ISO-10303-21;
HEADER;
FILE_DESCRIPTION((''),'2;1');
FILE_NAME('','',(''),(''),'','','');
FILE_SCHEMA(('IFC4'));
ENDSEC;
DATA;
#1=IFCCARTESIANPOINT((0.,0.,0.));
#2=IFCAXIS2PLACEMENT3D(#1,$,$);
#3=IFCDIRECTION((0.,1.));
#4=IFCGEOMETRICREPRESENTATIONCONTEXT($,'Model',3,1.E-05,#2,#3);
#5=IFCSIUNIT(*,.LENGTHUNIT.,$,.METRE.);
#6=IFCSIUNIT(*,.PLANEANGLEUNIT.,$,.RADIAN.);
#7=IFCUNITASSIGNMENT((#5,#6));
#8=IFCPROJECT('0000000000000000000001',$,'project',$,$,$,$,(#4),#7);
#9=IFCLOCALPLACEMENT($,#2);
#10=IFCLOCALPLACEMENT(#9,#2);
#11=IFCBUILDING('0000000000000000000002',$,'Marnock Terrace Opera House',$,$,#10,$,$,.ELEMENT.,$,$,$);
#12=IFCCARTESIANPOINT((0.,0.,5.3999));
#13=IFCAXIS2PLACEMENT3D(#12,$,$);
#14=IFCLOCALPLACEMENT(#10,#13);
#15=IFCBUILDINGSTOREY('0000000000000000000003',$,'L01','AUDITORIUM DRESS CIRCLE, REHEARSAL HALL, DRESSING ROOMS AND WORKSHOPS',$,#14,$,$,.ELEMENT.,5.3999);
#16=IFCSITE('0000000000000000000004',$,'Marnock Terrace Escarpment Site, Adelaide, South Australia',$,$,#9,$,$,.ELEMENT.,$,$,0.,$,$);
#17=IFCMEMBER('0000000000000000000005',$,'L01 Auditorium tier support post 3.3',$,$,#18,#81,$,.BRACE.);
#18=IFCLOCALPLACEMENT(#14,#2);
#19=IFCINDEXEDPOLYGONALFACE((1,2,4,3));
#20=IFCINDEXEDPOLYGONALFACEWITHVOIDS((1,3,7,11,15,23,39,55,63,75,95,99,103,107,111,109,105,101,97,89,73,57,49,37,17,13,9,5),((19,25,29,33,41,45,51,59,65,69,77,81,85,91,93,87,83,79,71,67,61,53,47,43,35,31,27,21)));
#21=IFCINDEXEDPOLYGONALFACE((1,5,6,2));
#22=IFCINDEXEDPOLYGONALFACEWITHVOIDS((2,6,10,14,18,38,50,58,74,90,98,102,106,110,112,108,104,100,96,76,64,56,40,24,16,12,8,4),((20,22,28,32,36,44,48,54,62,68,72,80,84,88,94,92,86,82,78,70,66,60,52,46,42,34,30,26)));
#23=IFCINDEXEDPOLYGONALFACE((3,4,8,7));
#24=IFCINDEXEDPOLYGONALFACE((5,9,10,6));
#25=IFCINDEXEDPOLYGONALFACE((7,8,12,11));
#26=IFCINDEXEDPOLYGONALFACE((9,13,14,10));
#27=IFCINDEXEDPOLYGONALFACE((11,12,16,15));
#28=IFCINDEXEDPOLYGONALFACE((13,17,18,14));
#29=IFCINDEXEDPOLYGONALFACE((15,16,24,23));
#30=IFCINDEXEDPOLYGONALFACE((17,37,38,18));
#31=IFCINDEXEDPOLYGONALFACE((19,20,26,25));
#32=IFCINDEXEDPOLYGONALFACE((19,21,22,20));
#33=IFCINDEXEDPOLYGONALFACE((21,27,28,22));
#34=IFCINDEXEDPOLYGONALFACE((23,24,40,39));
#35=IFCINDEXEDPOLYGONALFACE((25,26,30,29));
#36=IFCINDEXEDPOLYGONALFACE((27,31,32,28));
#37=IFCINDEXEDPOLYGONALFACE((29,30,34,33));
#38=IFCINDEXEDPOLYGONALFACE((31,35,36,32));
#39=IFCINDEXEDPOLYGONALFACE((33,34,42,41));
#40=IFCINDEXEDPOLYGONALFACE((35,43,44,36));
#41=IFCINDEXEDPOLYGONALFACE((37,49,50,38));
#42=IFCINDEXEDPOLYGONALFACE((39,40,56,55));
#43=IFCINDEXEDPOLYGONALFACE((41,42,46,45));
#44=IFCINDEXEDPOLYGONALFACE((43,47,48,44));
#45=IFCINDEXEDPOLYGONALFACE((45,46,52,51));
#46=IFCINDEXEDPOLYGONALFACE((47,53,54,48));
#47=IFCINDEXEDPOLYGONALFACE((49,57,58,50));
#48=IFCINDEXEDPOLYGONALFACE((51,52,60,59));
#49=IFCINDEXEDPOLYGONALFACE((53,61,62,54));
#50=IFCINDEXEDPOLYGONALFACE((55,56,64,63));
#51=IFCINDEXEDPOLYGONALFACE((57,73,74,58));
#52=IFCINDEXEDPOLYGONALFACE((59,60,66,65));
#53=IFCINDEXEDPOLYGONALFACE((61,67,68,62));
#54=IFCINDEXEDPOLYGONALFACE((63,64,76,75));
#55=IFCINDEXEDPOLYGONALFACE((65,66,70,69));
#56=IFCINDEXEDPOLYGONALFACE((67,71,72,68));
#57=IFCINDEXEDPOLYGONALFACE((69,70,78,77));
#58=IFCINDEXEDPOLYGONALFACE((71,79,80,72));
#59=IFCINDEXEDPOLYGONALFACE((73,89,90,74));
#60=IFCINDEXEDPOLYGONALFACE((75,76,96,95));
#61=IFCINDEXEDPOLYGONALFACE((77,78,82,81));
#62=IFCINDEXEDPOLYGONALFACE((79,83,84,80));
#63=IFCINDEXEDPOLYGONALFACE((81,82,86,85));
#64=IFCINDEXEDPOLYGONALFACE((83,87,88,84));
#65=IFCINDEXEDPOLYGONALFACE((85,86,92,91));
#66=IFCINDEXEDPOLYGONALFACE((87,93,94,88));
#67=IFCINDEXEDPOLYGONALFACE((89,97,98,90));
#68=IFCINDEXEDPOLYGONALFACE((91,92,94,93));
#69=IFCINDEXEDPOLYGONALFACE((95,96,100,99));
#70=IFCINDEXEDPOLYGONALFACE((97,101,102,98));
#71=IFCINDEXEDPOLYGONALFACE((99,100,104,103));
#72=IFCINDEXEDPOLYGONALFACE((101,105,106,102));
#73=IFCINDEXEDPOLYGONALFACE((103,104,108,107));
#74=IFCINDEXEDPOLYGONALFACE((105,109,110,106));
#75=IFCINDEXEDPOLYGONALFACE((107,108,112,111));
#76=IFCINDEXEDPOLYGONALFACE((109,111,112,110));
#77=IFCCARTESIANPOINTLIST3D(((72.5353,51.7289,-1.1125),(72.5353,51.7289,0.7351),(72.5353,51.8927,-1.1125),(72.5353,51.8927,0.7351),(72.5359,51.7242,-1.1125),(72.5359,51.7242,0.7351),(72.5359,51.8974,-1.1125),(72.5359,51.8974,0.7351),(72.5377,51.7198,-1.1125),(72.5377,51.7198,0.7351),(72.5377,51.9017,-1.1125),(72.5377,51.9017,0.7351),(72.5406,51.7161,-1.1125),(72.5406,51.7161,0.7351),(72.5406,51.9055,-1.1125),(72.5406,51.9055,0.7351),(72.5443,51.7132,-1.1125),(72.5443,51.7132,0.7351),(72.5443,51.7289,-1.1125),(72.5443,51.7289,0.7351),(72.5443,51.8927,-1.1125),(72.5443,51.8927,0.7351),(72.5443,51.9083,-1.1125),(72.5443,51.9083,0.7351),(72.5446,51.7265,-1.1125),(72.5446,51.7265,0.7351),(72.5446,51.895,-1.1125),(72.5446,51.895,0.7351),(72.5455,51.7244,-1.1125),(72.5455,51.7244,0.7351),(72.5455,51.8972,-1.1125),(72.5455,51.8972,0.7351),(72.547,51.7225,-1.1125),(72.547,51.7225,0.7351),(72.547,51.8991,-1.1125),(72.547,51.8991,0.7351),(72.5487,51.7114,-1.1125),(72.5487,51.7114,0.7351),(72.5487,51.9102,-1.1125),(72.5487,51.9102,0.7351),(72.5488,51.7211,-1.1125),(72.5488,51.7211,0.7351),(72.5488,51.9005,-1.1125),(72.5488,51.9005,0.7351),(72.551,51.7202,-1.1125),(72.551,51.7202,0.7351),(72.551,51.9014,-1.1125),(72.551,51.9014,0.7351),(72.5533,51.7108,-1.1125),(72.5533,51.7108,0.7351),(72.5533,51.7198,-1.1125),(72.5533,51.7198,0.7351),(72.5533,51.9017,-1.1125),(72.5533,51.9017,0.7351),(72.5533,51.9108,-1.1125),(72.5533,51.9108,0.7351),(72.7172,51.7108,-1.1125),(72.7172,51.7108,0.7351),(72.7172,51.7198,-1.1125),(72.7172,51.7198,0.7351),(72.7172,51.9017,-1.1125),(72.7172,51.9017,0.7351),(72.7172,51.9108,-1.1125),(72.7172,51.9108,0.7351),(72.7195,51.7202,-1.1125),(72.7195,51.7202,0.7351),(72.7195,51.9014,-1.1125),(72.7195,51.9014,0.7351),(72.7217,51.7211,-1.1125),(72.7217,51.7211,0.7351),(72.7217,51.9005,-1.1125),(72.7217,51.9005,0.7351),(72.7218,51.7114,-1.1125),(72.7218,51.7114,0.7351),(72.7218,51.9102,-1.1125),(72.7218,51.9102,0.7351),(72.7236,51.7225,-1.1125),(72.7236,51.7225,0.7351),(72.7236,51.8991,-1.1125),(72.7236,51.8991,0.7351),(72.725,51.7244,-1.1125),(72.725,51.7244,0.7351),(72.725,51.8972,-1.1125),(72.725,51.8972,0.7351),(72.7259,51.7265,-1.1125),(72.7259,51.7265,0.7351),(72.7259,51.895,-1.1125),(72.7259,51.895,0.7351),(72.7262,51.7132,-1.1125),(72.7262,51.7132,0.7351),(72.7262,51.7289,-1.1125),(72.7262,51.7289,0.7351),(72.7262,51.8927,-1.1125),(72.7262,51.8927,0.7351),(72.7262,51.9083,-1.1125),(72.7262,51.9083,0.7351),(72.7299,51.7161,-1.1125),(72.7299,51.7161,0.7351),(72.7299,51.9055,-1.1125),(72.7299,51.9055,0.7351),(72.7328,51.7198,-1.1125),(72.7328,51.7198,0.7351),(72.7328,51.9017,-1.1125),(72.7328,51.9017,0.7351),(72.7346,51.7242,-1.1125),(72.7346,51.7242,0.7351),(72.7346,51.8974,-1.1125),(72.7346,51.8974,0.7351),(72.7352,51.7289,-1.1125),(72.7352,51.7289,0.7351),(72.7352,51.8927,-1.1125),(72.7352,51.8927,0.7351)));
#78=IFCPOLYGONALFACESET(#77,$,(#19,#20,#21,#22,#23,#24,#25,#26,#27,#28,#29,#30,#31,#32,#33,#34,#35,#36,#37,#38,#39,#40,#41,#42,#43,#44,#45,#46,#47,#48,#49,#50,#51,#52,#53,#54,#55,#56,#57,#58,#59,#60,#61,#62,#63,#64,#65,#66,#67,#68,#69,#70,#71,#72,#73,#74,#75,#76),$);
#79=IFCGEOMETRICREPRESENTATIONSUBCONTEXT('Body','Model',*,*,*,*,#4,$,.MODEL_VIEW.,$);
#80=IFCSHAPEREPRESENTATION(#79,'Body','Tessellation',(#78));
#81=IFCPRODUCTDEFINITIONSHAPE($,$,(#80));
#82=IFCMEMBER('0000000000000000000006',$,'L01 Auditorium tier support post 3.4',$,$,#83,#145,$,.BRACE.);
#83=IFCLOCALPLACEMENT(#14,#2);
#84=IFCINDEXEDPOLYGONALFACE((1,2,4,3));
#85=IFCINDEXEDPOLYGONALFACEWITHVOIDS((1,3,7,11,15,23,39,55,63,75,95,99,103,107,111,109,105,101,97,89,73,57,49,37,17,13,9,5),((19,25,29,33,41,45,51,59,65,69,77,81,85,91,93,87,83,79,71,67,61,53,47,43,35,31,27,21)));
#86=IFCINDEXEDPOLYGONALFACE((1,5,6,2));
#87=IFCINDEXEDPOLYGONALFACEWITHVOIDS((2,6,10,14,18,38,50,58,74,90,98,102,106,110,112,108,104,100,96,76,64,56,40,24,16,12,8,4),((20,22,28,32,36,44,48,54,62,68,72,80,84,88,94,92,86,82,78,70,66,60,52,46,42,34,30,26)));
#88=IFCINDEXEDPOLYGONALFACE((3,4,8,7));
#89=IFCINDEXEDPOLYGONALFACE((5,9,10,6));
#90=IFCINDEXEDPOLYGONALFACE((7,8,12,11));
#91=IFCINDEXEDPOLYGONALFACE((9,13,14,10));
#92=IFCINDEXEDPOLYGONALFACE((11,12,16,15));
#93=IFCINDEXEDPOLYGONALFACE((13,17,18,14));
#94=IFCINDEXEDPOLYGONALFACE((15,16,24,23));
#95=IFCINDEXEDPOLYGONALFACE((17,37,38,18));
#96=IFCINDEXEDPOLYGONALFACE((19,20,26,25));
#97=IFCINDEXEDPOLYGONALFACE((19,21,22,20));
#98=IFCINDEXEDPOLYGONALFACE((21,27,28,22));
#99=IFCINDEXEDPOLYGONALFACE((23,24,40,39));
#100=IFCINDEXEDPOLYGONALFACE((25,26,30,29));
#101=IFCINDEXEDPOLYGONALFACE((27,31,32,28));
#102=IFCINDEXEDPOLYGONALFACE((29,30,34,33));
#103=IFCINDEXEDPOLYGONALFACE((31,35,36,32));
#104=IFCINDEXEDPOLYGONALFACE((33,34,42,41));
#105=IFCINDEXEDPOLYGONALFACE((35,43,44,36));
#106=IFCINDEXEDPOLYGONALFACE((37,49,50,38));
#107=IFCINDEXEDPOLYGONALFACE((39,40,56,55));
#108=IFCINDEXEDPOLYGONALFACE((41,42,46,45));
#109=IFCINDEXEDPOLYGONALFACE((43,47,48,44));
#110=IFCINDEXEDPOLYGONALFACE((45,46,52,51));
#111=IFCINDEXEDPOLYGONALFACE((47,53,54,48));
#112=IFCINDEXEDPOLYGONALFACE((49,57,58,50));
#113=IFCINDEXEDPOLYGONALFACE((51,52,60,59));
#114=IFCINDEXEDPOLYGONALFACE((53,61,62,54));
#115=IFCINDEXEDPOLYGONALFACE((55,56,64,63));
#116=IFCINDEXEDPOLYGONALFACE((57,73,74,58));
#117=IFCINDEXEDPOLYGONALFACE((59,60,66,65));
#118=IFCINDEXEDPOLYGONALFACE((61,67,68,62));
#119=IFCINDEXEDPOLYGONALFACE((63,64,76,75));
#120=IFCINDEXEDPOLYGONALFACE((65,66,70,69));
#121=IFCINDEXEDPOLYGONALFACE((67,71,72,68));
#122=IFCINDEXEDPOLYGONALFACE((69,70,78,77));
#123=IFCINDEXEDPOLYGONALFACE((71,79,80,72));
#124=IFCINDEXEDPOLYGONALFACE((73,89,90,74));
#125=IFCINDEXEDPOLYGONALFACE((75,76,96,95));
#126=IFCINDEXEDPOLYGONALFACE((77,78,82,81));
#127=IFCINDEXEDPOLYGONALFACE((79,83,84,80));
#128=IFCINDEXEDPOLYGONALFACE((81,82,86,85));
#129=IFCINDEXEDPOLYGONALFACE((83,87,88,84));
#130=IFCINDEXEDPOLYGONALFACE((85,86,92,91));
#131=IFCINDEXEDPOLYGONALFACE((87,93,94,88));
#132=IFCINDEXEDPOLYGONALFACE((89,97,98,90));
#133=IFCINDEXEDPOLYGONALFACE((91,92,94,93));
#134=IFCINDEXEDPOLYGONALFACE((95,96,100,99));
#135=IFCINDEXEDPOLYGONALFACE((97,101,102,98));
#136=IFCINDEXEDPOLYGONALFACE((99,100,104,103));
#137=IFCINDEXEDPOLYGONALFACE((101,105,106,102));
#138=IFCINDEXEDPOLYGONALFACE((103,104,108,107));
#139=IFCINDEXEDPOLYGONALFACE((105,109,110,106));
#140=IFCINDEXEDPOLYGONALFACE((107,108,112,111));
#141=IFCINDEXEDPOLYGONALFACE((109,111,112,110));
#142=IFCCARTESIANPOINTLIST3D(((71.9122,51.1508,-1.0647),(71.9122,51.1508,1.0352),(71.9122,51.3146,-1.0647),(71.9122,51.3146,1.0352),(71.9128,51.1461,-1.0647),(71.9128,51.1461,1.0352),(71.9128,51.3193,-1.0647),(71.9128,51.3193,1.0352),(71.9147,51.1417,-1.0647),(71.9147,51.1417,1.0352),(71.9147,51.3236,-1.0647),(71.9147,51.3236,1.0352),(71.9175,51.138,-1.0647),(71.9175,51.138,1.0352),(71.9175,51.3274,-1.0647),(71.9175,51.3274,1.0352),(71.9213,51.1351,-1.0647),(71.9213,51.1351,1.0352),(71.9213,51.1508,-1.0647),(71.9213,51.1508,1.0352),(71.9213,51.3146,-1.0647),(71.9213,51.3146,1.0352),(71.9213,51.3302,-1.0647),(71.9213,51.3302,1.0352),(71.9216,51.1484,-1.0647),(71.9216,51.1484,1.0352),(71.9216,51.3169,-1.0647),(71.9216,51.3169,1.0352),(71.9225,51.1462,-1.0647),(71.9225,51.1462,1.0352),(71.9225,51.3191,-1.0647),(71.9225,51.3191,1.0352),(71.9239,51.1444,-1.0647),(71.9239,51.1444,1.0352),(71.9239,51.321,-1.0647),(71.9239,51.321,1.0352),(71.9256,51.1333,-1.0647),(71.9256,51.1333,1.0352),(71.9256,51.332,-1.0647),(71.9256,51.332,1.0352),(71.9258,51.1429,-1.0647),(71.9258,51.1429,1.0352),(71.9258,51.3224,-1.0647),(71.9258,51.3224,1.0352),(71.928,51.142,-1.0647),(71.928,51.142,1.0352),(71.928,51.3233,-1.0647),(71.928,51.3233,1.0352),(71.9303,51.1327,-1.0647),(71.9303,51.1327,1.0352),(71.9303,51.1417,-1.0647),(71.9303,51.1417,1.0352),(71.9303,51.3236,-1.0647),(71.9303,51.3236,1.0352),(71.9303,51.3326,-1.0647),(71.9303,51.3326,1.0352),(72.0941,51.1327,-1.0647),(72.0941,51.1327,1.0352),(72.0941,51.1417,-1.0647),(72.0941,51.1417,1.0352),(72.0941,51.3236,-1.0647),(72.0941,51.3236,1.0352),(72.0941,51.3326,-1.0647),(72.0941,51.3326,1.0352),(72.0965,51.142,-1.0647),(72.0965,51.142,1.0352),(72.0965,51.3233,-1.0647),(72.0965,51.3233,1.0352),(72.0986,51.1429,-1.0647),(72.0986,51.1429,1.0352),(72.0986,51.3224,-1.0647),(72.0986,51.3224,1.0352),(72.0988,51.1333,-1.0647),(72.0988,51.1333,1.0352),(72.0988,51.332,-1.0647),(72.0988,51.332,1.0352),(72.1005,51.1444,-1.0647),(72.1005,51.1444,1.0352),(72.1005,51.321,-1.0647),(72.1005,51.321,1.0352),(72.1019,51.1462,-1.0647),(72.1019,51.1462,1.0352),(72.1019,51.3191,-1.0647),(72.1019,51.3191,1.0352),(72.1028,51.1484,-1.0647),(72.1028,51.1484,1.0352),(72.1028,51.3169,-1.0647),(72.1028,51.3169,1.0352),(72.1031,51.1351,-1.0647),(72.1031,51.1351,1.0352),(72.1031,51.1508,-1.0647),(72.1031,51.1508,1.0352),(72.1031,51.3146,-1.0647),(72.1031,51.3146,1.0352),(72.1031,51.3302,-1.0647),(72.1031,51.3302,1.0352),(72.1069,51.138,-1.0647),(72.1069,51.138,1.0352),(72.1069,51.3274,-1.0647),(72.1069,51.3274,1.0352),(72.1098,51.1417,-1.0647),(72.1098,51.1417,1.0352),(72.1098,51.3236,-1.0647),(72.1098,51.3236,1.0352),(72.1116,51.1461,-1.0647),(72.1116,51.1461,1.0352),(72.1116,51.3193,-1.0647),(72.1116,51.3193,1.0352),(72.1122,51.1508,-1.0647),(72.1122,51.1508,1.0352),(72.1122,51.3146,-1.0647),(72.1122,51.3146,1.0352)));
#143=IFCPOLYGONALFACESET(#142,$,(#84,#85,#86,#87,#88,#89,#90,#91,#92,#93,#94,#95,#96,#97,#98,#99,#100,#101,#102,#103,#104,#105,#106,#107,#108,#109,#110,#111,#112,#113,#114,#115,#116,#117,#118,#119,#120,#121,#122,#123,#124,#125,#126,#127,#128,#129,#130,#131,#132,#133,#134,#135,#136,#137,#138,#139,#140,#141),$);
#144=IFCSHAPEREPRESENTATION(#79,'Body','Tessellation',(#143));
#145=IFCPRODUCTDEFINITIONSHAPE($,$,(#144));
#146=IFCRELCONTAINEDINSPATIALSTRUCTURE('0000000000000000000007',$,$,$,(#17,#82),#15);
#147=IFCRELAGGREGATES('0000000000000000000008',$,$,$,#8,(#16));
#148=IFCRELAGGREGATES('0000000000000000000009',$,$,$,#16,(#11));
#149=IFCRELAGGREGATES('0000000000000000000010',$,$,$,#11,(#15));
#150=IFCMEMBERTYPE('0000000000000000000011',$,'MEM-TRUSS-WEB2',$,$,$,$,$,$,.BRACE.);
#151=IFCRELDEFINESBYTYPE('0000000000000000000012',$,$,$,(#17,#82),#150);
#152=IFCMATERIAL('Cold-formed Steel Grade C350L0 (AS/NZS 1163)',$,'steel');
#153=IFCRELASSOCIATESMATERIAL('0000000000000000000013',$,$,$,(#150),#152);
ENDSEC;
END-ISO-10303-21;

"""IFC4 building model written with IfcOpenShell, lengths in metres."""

from ifc_helpers import new_model, si_unit, direction, frame, origin, origin_2d, place, context, subcontext, project, spatial, hollow_rectangle, extrude, material, material_profile, profile_set, type_object, element, save


model = new_model("IFC4")

# Units and contexts
model_context = context("Model", 3, precision=1e-05, world=origin(), true_north=direction((0.0, 1.0)))
body_context = subcontext(model_context, "Body", "Model", "MODEL_VIEW")
ifc_project = project(units=[si_unit("LENGTHUNIT", "METRE"), si_unit("PLANEANGLEUNIT", "RADIAN")], contexts=[model_context])

# Site, building, storey
site_placement = place(None, origin())
site = spatial("IfcSite", under=ifc_project, at=site_placement, Name="Marnock Terrace Escarpment Site, Adelaide, South Australia", CompositionType="ELEMENT", RefElevation=0.0)
building_placement = place(site_placement, origin())
building = spatial("IfcBuilding", under=site, at=building_placement, Name="Marnock Terrace Opera House", CompositionType="ELEMENT")
storey_placement = place(building_placement, frame((0.0, 0.0, 5.3999)))
storey = spatial("IfcBuildingStorey", under=building, at=storey_placement, Name="L01", Description="AUDITORIUM DRESS CIRCLE, REHEARSAL HALL, DRESSING ROOMS AND WORKSHOPS", CompositionType="ELEMENT", Elevation=5.3999)

# Members
ifc_material_1 = material(Name="Cold-formed Steel Grade C350L0 (AS/NZS 1163)", Category="steel")
ifc_material_profile_1 = material_profile(ifc_material_1, hollow_rectangle(XDim=0.2, YDim=0.2, WallThickness=0.009, InnerFilletRadius=0.009, OuterFilletRadius=0.0181, at=origin_2d()))
ifc_profile_set_1 = profile_set([ifc_material_profile_1], Name="Cold-formed Steel Grade C350L0 (AS/NZS 1163)")
member_type = type_object("IfcMemberType", Name="MEM-TRUSS-WEB2", PredefinedType="BRACE", material=ifc_profile_set_1)
member_1_placement = place(storey_placement, frame((72.6353, 51.8108, -1.1125), z_axis=(0.0, 0.0, 1.0), x_axis=(1.0, 0.0, 0.0)))
element("IfcMember", 1, at=member_1_placement, inside=storey, type_object=member_type, Name="L01 Auditorium tier support post 3.3", PredefinedType="BRACE", context=body_context, shape_type="SweptSolid", body=[
    extrude(hollow_rectangle(XDim=0.2, YDim=0.2, WallThickness=0.009, InnerFilletRadius=0.009, OuterFilletRadius=0.0181, at=origin_2d()), origin(), (0.0, 0.0, 1.0), 1.8477),
])
member_2_placement = place(storey_placement, frame((72.0122, 51.2327, -1.0647), z_axis=(0.0, 0.0, 1.0), x_axis=(1.0, 0.0, 0.0)))
element("IfcMember", 2, at=member_2_placement, inside=storey, type_object=member_type, Name="L01 Auditorium tier support post 3.4", PredefinedType="BRACE", context=body_context, shape_type="SweptSolid", body=[
    extrude(hollow_rectangle(XDim=0.2, YDim=0.2, WallThickness=0.009, InnerFilletRadius=0.009, OuterFilletRadius=0.0181, at=origin_2d()), origin(), (0.0, 0.0, 1.0), 2.0999),
])

save(model, "model.ifc")
